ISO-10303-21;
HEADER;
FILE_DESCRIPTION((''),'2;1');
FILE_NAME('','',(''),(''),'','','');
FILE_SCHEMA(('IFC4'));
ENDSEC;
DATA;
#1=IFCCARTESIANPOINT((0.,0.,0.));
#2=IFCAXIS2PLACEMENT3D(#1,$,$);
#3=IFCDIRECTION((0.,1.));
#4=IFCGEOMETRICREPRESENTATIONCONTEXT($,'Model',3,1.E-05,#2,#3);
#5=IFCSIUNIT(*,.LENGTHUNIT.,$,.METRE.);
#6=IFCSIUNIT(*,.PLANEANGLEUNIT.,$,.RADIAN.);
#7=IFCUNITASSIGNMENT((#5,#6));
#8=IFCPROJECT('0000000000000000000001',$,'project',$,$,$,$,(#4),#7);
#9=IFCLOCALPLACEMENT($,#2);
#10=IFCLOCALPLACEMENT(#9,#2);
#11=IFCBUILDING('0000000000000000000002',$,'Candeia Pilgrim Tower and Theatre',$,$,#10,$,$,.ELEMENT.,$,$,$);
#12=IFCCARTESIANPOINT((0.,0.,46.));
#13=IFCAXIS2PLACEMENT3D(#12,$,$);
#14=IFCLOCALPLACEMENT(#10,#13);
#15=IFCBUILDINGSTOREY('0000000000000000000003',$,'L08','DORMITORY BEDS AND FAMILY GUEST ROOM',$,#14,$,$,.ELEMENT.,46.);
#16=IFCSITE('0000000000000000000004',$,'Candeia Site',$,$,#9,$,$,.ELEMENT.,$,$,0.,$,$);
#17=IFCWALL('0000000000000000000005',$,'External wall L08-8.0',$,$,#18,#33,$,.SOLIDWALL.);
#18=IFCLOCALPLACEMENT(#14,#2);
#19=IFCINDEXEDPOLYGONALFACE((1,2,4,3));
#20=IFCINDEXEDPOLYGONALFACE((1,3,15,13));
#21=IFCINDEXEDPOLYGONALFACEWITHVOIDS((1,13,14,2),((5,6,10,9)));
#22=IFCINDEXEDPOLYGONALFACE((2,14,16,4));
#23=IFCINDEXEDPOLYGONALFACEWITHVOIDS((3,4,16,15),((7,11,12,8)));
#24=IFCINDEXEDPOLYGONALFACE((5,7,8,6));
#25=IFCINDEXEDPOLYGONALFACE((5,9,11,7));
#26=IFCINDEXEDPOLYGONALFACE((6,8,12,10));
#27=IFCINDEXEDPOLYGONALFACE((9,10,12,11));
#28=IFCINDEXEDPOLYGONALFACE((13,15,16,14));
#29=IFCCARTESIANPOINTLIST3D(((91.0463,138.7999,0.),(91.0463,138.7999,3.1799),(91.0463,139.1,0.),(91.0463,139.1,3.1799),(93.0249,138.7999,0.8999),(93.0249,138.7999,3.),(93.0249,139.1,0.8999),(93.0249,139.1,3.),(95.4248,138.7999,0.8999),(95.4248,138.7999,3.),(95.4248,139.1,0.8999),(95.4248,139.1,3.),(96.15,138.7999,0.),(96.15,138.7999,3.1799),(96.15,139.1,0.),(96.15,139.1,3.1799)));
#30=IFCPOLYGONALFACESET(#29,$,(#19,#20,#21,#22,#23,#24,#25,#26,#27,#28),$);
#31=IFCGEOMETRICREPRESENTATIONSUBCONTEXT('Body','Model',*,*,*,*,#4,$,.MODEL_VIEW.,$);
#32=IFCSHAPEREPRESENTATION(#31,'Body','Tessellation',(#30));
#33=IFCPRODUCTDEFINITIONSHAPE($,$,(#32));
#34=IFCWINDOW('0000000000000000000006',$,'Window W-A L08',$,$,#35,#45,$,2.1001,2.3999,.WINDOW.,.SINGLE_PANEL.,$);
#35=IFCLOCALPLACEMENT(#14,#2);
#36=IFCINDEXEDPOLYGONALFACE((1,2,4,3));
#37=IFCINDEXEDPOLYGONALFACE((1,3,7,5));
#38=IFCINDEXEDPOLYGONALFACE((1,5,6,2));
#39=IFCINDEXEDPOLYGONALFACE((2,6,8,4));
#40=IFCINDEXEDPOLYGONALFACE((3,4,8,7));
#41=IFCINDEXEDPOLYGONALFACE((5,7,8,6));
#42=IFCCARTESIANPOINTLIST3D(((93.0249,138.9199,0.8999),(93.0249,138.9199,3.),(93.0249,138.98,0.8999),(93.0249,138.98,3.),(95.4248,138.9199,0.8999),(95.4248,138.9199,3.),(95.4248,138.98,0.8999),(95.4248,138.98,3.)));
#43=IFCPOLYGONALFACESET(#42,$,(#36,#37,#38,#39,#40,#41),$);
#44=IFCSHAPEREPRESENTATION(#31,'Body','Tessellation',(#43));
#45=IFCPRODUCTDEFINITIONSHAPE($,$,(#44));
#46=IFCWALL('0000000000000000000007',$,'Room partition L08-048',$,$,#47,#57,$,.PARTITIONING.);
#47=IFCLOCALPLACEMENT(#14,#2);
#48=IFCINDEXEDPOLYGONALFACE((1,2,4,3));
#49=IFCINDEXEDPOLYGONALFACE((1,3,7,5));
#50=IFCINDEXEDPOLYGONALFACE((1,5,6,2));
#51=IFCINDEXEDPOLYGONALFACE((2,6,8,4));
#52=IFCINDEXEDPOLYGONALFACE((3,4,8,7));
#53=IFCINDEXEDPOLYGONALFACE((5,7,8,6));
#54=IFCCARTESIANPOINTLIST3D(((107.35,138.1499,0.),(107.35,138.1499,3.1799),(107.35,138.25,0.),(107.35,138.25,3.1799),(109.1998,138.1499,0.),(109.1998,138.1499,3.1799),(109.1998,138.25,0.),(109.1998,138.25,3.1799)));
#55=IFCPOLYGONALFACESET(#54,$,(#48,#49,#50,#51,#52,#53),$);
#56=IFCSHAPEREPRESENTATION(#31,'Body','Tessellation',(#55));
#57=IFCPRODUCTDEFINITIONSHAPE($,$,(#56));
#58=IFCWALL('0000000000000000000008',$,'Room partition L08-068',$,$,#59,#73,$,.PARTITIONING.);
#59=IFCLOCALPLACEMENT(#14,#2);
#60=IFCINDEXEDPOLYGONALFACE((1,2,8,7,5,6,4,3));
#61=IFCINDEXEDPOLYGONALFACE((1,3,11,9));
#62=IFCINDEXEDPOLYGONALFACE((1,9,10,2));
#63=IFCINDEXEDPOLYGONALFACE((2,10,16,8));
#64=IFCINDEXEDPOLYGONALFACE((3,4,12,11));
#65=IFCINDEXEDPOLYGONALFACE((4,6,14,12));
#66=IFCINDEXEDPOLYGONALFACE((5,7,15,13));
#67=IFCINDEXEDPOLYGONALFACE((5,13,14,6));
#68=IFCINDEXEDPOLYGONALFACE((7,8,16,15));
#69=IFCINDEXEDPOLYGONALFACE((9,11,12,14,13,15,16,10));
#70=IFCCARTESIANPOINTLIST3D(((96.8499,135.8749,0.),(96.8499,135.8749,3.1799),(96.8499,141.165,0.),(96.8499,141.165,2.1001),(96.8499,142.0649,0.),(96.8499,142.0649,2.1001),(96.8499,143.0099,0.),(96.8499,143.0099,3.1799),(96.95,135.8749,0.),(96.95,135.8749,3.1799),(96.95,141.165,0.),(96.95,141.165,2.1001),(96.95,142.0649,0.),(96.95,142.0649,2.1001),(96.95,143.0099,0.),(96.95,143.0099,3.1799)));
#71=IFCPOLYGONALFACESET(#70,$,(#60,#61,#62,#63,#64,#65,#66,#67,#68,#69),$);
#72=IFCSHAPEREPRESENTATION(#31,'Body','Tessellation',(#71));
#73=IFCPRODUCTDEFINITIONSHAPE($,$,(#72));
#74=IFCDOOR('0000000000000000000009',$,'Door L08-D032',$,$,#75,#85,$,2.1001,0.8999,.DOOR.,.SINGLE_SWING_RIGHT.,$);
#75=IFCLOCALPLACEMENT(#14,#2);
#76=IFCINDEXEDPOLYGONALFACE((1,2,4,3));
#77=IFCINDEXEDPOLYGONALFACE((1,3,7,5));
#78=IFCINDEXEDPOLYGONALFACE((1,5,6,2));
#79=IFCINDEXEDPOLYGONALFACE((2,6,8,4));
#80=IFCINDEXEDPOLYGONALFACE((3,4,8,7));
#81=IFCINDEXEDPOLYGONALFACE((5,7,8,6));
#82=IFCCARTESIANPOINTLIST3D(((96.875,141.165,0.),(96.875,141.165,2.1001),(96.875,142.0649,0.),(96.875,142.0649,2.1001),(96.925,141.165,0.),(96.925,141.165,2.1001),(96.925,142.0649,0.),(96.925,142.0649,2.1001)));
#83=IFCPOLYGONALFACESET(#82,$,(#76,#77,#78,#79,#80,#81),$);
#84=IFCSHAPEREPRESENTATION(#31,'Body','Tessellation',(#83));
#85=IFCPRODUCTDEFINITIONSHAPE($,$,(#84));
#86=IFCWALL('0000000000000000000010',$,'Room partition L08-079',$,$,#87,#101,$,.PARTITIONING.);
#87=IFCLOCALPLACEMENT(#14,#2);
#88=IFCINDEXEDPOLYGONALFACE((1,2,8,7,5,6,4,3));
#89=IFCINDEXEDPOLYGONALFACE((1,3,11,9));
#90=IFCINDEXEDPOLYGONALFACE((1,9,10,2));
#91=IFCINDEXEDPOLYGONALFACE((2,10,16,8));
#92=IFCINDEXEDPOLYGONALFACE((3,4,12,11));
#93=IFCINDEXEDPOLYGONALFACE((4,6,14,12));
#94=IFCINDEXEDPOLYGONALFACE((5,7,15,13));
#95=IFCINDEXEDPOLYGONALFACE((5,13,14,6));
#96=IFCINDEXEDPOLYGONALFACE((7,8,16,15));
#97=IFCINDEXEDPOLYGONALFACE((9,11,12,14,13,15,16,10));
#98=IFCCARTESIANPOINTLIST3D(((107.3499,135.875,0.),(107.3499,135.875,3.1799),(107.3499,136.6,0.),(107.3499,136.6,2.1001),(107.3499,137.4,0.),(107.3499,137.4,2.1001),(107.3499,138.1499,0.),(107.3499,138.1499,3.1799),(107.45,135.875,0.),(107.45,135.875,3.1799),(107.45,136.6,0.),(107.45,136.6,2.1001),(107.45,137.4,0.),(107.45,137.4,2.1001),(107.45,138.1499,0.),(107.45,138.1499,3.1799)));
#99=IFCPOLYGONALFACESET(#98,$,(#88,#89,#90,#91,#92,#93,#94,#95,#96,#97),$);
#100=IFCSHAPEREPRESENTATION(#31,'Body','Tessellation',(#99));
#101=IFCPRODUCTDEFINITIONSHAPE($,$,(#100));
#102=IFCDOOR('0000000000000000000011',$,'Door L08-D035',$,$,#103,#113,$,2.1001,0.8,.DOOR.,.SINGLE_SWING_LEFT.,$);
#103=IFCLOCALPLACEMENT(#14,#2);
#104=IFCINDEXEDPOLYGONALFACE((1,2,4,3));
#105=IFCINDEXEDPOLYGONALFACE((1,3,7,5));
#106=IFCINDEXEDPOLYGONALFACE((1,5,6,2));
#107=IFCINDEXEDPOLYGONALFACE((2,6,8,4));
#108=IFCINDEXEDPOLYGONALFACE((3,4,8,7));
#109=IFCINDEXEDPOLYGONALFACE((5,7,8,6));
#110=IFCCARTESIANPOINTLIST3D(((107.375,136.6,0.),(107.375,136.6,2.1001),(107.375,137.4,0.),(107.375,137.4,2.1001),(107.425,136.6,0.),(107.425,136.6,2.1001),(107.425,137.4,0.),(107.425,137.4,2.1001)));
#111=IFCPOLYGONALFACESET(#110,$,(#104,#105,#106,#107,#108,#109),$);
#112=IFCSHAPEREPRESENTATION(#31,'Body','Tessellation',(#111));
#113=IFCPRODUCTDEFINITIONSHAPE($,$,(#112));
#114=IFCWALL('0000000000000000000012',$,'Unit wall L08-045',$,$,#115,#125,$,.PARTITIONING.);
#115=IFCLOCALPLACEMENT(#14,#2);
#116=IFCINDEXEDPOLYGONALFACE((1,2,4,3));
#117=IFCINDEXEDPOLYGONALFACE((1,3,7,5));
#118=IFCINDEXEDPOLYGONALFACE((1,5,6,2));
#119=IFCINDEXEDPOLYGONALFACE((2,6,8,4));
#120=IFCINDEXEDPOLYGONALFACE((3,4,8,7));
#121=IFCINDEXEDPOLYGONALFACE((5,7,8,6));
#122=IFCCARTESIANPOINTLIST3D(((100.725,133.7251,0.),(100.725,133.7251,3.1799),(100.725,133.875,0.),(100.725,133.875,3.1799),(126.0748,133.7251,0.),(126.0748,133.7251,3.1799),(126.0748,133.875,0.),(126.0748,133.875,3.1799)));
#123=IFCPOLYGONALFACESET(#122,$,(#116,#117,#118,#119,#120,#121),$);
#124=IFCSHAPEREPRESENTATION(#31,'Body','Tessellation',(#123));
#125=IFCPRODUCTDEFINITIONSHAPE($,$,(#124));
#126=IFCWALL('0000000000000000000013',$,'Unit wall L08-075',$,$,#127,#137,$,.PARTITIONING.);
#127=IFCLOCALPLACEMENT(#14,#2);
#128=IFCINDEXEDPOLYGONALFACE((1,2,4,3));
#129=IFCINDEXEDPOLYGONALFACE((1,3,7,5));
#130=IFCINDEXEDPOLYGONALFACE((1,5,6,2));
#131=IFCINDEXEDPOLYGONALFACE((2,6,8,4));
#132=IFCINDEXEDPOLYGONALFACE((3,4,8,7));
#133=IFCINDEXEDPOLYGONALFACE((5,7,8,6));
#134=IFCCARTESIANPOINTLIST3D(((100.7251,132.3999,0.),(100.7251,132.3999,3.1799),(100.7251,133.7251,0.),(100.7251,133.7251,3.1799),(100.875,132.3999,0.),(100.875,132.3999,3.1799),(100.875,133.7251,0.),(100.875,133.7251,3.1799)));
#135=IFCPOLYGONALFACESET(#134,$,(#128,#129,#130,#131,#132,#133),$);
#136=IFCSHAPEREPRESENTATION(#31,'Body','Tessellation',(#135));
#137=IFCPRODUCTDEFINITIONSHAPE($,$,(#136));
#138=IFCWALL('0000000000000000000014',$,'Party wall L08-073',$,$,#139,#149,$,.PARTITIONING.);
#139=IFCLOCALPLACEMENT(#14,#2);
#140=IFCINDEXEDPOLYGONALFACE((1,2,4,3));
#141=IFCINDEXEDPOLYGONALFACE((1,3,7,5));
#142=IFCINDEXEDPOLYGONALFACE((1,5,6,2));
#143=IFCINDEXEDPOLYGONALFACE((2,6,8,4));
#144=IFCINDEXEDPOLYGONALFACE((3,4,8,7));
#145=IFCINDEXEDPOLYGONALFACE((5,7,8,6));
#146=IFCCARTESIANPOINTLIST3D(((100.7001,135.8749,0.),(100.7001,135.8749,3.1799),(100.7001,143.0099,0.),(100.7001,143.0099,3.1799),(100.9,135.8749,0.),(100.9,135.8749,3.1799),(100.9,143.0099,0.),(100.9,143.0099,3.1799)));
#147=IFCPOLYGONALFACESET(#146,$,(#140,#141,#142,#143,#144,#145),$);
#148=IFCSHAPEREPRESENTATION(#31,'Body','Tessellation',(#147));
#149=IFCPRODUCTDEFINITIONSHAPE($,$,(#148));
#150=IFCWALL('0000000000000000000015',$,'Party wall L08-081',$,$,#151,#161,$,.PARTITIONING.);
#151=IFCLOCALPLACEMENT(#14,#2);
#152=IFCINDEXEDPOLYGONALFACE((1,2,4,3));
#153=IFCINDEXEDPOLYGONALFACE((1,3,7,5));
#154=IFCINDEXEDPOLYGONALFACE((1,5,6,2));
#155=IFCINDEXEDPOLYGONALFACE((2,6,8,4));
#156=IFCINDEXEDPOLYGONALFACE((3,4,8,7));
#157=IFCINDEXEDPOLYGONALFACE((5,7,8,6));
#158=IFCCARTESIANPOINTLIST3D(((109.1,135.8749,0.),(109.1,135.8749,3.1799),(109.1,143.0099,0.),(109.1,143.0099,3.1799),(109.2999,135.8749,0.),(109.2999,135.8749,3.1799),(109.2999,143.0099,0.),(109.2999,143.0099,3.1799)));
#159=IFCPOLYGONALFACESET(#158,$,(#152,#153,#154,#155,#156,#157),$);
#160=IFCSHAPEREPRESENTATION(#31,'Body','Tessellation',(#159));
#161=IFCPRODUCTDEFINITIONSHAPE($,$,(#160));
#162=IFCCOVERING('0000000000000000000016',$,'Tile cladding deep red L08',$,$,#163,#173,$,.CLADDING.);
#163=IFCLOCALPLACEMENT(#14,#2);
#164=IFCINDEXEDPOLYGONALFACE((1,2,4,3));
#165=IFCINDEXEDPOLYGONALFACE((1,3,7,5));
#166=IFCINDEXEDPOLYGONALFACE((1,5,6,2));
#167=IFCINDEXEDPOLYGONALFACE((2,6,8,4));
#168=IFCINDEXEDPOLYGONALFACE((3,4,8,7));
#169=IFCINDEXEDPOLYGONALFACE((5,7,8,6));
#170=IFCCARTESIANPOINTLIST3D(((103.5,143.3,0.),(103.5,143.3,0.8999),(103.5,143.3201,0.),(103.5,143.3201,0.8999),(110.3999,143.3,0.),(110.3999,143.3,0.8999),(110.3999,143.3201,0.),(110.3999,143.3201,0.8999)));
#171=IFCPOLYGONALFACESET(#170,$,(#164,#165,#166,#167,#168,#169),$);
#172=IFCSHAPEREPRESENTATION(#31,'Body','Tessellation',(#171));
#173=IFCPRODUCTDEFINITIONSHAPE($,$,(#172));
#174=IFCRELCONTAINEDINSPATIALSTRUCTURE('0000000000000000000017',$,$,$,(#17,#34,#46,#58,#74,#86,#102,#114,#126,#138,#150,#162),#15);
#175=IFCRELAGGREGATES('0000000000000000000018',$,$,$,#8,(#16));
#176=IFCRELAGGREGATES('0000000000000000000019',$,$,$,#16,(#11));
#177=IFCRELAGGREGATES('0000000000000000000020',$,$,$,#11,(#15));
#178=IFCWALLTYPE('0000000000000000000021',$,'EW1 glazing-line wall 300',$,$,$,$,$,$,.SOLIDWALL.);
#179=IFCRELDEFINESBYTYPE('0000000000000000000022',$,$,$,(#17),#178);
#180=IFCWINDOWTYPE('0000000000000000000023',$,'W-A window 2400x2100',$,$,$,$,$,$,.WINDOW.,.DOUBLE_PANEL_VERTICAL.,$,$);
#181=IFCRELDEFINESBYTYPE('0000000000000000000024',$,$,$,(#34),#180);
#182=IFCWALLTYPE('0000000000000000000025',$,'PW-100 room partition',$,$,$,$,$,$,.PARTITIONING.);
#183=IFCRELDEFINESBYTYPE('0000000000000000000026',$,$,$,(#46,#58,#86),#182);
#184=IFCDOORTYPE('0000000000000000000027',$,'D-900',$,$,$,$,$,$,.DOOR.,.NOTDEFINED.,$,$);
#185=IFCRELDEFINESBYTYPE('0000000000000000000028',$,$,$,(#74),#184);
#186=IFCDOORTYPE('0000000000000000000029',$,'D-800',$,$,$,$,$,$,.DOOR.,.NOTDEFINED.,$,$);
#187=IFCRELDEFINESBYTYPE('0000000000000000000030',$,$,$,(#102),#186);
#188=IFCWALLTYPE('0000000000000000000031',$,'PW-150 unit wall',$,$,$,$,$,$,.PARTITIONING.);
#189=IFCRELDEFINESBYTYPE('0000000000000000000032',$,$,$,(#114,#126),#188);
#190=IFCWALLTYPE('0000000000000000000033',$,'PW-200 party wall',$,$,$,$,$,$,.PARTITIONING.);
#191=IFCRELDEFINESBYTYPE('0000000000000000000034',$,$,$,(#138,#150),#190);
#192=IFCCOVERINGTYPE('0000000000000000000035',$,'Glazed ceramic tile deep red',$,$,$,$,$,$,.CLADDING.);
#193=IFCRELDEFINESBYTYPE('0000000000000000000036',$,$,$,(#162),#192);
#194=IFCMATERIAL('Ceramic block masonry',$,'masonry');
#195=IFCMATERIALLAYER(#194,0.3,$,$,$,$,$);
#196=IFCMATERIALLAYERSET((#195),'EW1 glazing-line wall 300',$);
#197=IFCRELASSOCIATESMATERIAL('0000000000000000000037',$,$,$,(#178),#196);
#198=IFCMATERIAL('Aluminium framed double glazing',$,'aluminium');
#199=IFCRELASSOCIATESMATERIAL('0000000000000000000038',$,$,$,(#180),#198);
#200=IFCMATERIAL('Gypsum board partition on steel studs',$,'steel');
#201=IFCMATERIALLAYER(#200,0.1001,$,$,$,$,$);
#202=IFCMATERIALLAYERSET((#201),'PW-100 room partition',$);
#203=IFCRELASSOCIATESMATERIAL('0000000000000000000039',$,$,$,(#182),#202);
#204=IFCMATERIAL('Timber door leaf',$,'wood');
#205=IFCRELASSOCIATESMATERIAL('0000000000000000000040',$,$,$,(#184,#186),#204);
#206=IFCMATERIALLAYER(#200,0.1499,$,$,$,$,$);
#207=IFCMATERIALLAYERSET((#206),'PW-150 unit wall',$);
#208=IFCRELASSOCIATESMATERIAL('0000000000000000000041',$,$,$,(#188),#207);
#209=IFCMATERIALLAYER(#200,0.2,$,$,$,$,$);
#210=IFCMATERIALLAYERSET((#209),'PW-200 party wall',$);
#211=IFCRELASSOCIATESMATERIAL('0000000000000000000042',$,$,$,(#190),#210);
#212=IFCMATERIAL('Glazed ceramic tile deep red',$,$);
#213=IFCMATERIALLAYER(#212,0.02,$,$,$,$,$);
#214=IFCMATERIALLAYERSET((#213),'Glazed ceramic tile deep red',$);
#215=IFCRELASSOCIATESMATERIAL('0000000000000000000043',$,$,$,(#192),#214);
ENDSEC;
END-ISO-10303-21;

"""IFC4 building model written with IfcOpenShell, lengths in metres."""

from ifc_helpers import new_model, si_unit, direction, frame, frame_2d, origin, origin_2d, place, context, subcontext, project, spatial, rectangle, extrude, material, layer, layer_set, type_object, element, fill, save


model = new_model("IFC4")

# Units and contexts
model_context = context("Model", 3, precision=1e-05, world=origin(), true_north=direction((0.0, 1.0)))
body_context = subcontext(model_context, "Body", "Model", "MODEL_VIEW")
ifc_project = project(units=[si_unit("LENGTHUNIT", "METRE"), si_unit("PLANEANGLEUNIT", "RADIAN")], contexts=[model_context])

# Site, building, storey
site_placement = place(None, origin())
site = spatial("IfcSite", under=ifc_project, at=site_placement, Name="Candeia Site", CompositionType="ELEMENT", RefElevation=0.0)
building_placement = place(site_placement, origin())
building = spatial("IfcBuilding", under=site, at=building_placement, Name="Candeia Pilgrim Tower and Theatre", CompositionType="ELEMENT")
storey_placement = place(building_placement, frame((0.0, 0.0, 46.0)))
storey = spatial("IfcBuildingStorey", under=building, at=storey_placement, Name="L08", Description="DORMITORY BEDS AND FAMILY GUEST ROOM", CompositionType="ELEMENT", Elevation=46.0)

# Shared definitions
ifc_material_1 = material(Name="Ceramic block masonry", Category="masonry")
ifc_layer_1 = layer(ifc_material_1, 0.3)
ifc_layer_set_1 = layer_set([ifc_layer_1], Name="EW1 glazing-line wall 300")
wall_type_1 = type_object("IfcWallType", Name="EW1 glazing-line wall 300", PredefinedType="SOLIDWALL", material=ifc_layer_set_1)
ifc_material_2 = material(Name="Aluminium framed double glazing", Category="aluminium")
window_type_1 = type_object("IfcWindowType", Name="W-A window 2400x2100", PartitioningType="DOUBLE_PANEL_VERTICAL", PredefinedType="WINDOW", material=ifc_material_2)

# Wall, opening, window
wall_1_placement = place(storey_placement, frame((96.1499, 138.95, 0.0), z_axis=(0.0, 0.0, 1.0), x_axis=(-1.0, 0.0, 0.0)))
wall_1 = element("IfcWall", 1, at=wall_1_placement, inside=storey, type_object=wall_type_1, Name="External wall L08-8.0", PredefinedType="SOLIDWALL", context=body_context, shape_type="SweptSolid", body=[
    extrude(rectangle(XDim=5.1038, YDim=0.3, at=frame_2d((2.5518, 0.0))), origin(), (0.0, 0.0, 1.0), 3.1799),
])
opening_1_placement = place(wall_1_placement, frame((0.7251, 0.0, 0.8999)))
opening_1 = element("IfcOpeningElement", 2, at=opening_1_placement, cuts=wall_1, PredefinedType="OPENING", context=body_context, shape_type="SweptSolid", body=[
    extrude(rectangle(XDim=2.3999, YDim=2.1001, at=frame_2d((1.2, 1.05))), frame((0.0, 0.1602, 0.0), z_axis=(0.0, -1.0, 0.0), x_axis=(1.0, 0.0, 0.0)), (0.0, 0.0, 1.0), 0.3201),
])
window_1_placement = place(opening_1_placement, origin())
window_1 = element("IfcWindow", 3, at=window_1_placement, inside=storey, type_object=window_type_1, Name="Window W-A L08", OverallHeight=2.1001, OverallWidth=2.3999, PartitioningType="SINGLE_PANEL", PredefinedType="WINDOW", context=body_context, shape_type="SweptSolid", body=[
    extrude(rectangle(XDim=2.3999, YDim=2.1001, at=frame_2d((1.2, 1.05))), frame((0.0, 0.03, 0.0), z_axis=(0.0, -1.0, 0.0), x_axis=(1.0, 0.0, 0.0)), (0.0, 0.0, 1.0), 0.0601),
])
fill(opening_1, window_1)

# Wall
ifc_material_3 = material(Name="Gypsum board partition on steel studs", Category="steel")
ifc_layer_2 = layer(ifc_material_3, 0.1001)
ifc_layer_set_2 = layer_set([ifc_layer_2], Name="PW-100 room partition")
wall_type_2 = type_object("IfcWallType", Name="PW-100 room partition", PredefinedType="PARTITIONING", material=ifc_layer_set_2)
wall_2_placement = place(storey_placement, frame((107.3501, 138.2, 0.0), z_axis=(0.0, 0.0, 1.0), x_axis=(1.0, 0.0, 0.0)))
element("IfcWall", 4, at=wall_2_placement, inside=storey, type_object=wall_type_2, Name="Room partition L08-048", PredefinedType="PARTITIONING", context=body_context, shape_type="SweptSolid", body=[
    extrude(rectangle(XDim=1.8499, YDim=0.1001, at=frame_2d((0.9248, 0.0))), origin(), (0.0, 0.0, 1.0), 3.1799),
])

# Walls, openings, doors
wall_3_placement = place(storey_placement, frame((96.8999, 135.875, 0.0), z_axis=(0.0, 0.0, 1.0), x_axis=(0.0, 1.0, 0.0)))
wall_3 = element("IfcWall", 5, at=wall_3_placement, inside=storey, type_object=wall_type_2, Name="Room partition L08-068", PredefinedType="PARTITIONING", context=body_context, shape_type="SweptSolid", body=[
    extrude(rectangle(XDim=7.135, YDim=0.1001, at=frame_2d((3.5674, 0.0))), origin(), (0.0, 0.0, 1.0), 3.1799),
])
opening_2_placement = place(wall_3_placement, frame((5.29, 0.0, 0.0)))
opening_2 = element("IfcOpeningElement", 6, at=opening_2_placement, cuts=wall_3, PredefinedType="OPENING", context=body_context, shape_type="SweptSolid", body=[
    extrude(rectangle(XDim=0.8999, YDim=2.1001, at=frame_2d((0.45, 1.05))), frame((0.0, 0.0601, 0.0), z_axis=(0.0, -1.0, 0.0), x_axis=(1.0, 0.0, 0.0)), (0.0, 0.0, 1.0), 0.1201),
])
ifc_material_4 = material(Name="Timber door leaf", Category="wood")
door_type_1 = type_object("IfcDoorType", Name="D-900", OperationType="NOTDEFINED", PredefinedType="DOOR", material=ifc_material_4)
door_1_placement = place(opening_2_placement, origin())
door_1 = element("IfcDoor", 7, at=door_1_placement, inside=storey, type_object=door_type_1, Name="Door L08-D032", OperationType="SINGLE_SWING_RIGHT", OverallHeight=2.1001, OverallWidth=0.8999, PredefinedType="DOOR", context=body_context, shape_type="SweptSolid", body=[
    extrude(rectangle(XDim=0.8999, YDim=2.1001, at=frame_2d((0.45, 1.05))), frame((0.0, 0.0249, 0.0), z_axis=(0.0, -1.0, 0.0), x_axis=(1.0, 0.0, 0.0)), (0.0, 0.0, 1.0), 0.05),
])
fill(opening_2, door_1)
wall_4_placement = place(storey_placement, frame((107.3999, 135.875, 0.0), z_axis=(0.0, 0.0, 1.0), x_axis=(0.0, 1.0, 0.0)))
wall_4 = element("IfcWall", 8, at=wall_4_placement, inside=storey, type_object=wall_type_2, Name="Room partition L08-079", PredefinedType="PARTITIONING", context=body_context, shape_type="SweptSolid", body=[
    extrude(rectangle(XDim=2.2749, YDim=0.1001, at=frame_2d((1.1375, 0.0))), origin(), (0.0, 0.0, 1.0), 3.1799),
])
opening_3_placement = place(wall_4_placement, frame((0.7251, 0.0, 0.0)))
opening_3 = element("IfcOpeningElement", 9, at=opening_3_placement, cuts=wall_4, PredefinedType="OPENING", context=body_context, shape_type="SweptSolid", body=[
    extrude(rectangle(XDim=0.8, YDim=2.1001, at=frame_2d((0.3999, 1.05))), frame((0.0, 0.0601, 0.0), z_axis=(0.0, -1.0, 0.0), x_axis=(1.0, 0.0, 0.0)), (0.0, 0.0, 1.0), 0.1201),
])
door_type_2 = type_object("IfcDoorType", Name="D-800", OperationType="NOTDEFINED", PredefinedType="DOOR", material=ifc_material_4)
door_2_placement = place(opening_3_placement, origin())
door_2 = element("IfcDoor", 10, at=door_2_placement, inside=storey, type_object=door_type_2, Name="Door L08-D035", OperationType="SINGLE_SWING_LEFT", OverallHeight=2.1001, OverallWidth=0.8, PredefinedType="DOOR", context=body_context, shape_type="SweptSolid", body=[
    extrude(rectangle(XDim=0.8, YDim=2.1001, at=frame_2d((0.3999, 1.05))), frame((0.0, 0.0249, 0.0), z_axis=(0.0, -1.0, 0.0), x_axis=(1.0, 0.0, 0.0)), (0.0, 0.0, 1.0), 0.05),
])
fill(opening_3, door_2)

# Walls
ifc_layer_3 = layer(ifc_material_3, 0.1499)
ifc_layer_set_3 = layer_set([ifc_layer_3], Name="PW-150 unit wall")
wall_type_3 = type_object("IfcWallType", Name="PW-150 unit wall", PredefinedType="PARTITIONING", material=ifc_layer_set_3)
wall_5_placement = place(storey_placement, frame((100.7251, 133.8, 0.0), z_axis=(0.0, 0.0, 1.0), x_axis=(1.0, 0.0, 0.0)))
element("IfcWall", 11, at=wall_5_placement, inside=storey, type_object=wall_type_3, Name="Unit wall L08-045", PredefinedType="PARTITIONING", context=body_context, shape_type="SweptSolid", body=[
    extrude(rectangle(XDim=25.3499, YDim=0.1499, at=frame_2d((12.6748, 0.0))), origin(), (0.0, 0.0, 1.0), 3.1799),
])
wall_6_placement = place(storey_placement, frame((100.8, 132.3999, 0.0), z_axis=(0.0, 0.0, 1.0), x_axis=(0.0, 1.0, 0.0)))
element("IfcWall", 12, at=wall_6_placement, inside=storey, type_object=wall_type_3, Name="Unit wall L08-075", PredefinedType="PARTITIONING", context=body_context, shape_type="SweptSolid", body=[
    extrude(rectangle(XDim=1.3252, YDim=0.1499, at=frame_2d((0.6626, 0.0))), origin(), (0.0, 0.0, 1.0), 3.1799),
])
ifc_layer_4 = layer(ifc_material_3, 0.2)
ifc_layer_set_4 = layer_set([ifc_layer_4], Name="PW-200 party wall")
wall_type_4 = type_object("IfcWallType", Name="PW-200 party wall", PredefinedType="PARTITIONING", material=ifc_layer_set_4)
for number, where, z_axis, x_axis, name in (
    (13, (100.8, 135.875, 0.0), (0.0, 0.0, 1.0), (0.0, 1.0, 0.0), "Party wall L08-073"),
    (14, (109.2, 135.875, 0.0), (0.0, 0.0, 1.0), (0.0, 1.0, 0.0), "Party wall L08-081"),
):
    element("IfcWall", number, at=place(storey_placement, frame(where, z_axis=z_axis, x_axis=x_axis)), inside=storey, type_object=wall_type_4, Name=name, PredefinedType="PARTITIONING", context=body_context, shape_type="SweptSolid", body=[
        extrude(rectangle(XDim=7.135, YDim=0.2, at=frame_2d((3.5674, 0.0))), origin(), (0.0, 0.0, 1.0), 3.1799),
    ])

# Covering
ifc_material_5 = material(Name="Glazed ceramic tile deep red")
ifc_layer_5 = layer(ifc_material_5, 0.02)
ifc_layer_set_5 = layer_set([ifc_layer_5], Name="Glazed ceramic tile deep red")
covering_type = type_object("IfcCoveringType", Name="Glazed ceramic tile deep red", PredefinedType="CLADDING", material=ifc_layer_set_5)
covering_1_placement = place(storey_placement, frame((106.95, 143.3101, 0.0), z_axis=(0.0, 0.0, 1.0), x_axis=(-1.0, 0.0, 0.0)))
element("IfcCovering", 15, at=covering_1_placement, inside=storey, type_object=covering_type, Name="Tile cladding deep red L08", PredefinedType="CLADDING", context=body_context, shape_type="SweptSolid", body=[
    extrude(rectangle(XDim=6.8999, YDim=0.02, at=origin_2d()), origin(), (0.0, 0.0, 1.0), 0.8999),
])

save(model, "model.ifc")
